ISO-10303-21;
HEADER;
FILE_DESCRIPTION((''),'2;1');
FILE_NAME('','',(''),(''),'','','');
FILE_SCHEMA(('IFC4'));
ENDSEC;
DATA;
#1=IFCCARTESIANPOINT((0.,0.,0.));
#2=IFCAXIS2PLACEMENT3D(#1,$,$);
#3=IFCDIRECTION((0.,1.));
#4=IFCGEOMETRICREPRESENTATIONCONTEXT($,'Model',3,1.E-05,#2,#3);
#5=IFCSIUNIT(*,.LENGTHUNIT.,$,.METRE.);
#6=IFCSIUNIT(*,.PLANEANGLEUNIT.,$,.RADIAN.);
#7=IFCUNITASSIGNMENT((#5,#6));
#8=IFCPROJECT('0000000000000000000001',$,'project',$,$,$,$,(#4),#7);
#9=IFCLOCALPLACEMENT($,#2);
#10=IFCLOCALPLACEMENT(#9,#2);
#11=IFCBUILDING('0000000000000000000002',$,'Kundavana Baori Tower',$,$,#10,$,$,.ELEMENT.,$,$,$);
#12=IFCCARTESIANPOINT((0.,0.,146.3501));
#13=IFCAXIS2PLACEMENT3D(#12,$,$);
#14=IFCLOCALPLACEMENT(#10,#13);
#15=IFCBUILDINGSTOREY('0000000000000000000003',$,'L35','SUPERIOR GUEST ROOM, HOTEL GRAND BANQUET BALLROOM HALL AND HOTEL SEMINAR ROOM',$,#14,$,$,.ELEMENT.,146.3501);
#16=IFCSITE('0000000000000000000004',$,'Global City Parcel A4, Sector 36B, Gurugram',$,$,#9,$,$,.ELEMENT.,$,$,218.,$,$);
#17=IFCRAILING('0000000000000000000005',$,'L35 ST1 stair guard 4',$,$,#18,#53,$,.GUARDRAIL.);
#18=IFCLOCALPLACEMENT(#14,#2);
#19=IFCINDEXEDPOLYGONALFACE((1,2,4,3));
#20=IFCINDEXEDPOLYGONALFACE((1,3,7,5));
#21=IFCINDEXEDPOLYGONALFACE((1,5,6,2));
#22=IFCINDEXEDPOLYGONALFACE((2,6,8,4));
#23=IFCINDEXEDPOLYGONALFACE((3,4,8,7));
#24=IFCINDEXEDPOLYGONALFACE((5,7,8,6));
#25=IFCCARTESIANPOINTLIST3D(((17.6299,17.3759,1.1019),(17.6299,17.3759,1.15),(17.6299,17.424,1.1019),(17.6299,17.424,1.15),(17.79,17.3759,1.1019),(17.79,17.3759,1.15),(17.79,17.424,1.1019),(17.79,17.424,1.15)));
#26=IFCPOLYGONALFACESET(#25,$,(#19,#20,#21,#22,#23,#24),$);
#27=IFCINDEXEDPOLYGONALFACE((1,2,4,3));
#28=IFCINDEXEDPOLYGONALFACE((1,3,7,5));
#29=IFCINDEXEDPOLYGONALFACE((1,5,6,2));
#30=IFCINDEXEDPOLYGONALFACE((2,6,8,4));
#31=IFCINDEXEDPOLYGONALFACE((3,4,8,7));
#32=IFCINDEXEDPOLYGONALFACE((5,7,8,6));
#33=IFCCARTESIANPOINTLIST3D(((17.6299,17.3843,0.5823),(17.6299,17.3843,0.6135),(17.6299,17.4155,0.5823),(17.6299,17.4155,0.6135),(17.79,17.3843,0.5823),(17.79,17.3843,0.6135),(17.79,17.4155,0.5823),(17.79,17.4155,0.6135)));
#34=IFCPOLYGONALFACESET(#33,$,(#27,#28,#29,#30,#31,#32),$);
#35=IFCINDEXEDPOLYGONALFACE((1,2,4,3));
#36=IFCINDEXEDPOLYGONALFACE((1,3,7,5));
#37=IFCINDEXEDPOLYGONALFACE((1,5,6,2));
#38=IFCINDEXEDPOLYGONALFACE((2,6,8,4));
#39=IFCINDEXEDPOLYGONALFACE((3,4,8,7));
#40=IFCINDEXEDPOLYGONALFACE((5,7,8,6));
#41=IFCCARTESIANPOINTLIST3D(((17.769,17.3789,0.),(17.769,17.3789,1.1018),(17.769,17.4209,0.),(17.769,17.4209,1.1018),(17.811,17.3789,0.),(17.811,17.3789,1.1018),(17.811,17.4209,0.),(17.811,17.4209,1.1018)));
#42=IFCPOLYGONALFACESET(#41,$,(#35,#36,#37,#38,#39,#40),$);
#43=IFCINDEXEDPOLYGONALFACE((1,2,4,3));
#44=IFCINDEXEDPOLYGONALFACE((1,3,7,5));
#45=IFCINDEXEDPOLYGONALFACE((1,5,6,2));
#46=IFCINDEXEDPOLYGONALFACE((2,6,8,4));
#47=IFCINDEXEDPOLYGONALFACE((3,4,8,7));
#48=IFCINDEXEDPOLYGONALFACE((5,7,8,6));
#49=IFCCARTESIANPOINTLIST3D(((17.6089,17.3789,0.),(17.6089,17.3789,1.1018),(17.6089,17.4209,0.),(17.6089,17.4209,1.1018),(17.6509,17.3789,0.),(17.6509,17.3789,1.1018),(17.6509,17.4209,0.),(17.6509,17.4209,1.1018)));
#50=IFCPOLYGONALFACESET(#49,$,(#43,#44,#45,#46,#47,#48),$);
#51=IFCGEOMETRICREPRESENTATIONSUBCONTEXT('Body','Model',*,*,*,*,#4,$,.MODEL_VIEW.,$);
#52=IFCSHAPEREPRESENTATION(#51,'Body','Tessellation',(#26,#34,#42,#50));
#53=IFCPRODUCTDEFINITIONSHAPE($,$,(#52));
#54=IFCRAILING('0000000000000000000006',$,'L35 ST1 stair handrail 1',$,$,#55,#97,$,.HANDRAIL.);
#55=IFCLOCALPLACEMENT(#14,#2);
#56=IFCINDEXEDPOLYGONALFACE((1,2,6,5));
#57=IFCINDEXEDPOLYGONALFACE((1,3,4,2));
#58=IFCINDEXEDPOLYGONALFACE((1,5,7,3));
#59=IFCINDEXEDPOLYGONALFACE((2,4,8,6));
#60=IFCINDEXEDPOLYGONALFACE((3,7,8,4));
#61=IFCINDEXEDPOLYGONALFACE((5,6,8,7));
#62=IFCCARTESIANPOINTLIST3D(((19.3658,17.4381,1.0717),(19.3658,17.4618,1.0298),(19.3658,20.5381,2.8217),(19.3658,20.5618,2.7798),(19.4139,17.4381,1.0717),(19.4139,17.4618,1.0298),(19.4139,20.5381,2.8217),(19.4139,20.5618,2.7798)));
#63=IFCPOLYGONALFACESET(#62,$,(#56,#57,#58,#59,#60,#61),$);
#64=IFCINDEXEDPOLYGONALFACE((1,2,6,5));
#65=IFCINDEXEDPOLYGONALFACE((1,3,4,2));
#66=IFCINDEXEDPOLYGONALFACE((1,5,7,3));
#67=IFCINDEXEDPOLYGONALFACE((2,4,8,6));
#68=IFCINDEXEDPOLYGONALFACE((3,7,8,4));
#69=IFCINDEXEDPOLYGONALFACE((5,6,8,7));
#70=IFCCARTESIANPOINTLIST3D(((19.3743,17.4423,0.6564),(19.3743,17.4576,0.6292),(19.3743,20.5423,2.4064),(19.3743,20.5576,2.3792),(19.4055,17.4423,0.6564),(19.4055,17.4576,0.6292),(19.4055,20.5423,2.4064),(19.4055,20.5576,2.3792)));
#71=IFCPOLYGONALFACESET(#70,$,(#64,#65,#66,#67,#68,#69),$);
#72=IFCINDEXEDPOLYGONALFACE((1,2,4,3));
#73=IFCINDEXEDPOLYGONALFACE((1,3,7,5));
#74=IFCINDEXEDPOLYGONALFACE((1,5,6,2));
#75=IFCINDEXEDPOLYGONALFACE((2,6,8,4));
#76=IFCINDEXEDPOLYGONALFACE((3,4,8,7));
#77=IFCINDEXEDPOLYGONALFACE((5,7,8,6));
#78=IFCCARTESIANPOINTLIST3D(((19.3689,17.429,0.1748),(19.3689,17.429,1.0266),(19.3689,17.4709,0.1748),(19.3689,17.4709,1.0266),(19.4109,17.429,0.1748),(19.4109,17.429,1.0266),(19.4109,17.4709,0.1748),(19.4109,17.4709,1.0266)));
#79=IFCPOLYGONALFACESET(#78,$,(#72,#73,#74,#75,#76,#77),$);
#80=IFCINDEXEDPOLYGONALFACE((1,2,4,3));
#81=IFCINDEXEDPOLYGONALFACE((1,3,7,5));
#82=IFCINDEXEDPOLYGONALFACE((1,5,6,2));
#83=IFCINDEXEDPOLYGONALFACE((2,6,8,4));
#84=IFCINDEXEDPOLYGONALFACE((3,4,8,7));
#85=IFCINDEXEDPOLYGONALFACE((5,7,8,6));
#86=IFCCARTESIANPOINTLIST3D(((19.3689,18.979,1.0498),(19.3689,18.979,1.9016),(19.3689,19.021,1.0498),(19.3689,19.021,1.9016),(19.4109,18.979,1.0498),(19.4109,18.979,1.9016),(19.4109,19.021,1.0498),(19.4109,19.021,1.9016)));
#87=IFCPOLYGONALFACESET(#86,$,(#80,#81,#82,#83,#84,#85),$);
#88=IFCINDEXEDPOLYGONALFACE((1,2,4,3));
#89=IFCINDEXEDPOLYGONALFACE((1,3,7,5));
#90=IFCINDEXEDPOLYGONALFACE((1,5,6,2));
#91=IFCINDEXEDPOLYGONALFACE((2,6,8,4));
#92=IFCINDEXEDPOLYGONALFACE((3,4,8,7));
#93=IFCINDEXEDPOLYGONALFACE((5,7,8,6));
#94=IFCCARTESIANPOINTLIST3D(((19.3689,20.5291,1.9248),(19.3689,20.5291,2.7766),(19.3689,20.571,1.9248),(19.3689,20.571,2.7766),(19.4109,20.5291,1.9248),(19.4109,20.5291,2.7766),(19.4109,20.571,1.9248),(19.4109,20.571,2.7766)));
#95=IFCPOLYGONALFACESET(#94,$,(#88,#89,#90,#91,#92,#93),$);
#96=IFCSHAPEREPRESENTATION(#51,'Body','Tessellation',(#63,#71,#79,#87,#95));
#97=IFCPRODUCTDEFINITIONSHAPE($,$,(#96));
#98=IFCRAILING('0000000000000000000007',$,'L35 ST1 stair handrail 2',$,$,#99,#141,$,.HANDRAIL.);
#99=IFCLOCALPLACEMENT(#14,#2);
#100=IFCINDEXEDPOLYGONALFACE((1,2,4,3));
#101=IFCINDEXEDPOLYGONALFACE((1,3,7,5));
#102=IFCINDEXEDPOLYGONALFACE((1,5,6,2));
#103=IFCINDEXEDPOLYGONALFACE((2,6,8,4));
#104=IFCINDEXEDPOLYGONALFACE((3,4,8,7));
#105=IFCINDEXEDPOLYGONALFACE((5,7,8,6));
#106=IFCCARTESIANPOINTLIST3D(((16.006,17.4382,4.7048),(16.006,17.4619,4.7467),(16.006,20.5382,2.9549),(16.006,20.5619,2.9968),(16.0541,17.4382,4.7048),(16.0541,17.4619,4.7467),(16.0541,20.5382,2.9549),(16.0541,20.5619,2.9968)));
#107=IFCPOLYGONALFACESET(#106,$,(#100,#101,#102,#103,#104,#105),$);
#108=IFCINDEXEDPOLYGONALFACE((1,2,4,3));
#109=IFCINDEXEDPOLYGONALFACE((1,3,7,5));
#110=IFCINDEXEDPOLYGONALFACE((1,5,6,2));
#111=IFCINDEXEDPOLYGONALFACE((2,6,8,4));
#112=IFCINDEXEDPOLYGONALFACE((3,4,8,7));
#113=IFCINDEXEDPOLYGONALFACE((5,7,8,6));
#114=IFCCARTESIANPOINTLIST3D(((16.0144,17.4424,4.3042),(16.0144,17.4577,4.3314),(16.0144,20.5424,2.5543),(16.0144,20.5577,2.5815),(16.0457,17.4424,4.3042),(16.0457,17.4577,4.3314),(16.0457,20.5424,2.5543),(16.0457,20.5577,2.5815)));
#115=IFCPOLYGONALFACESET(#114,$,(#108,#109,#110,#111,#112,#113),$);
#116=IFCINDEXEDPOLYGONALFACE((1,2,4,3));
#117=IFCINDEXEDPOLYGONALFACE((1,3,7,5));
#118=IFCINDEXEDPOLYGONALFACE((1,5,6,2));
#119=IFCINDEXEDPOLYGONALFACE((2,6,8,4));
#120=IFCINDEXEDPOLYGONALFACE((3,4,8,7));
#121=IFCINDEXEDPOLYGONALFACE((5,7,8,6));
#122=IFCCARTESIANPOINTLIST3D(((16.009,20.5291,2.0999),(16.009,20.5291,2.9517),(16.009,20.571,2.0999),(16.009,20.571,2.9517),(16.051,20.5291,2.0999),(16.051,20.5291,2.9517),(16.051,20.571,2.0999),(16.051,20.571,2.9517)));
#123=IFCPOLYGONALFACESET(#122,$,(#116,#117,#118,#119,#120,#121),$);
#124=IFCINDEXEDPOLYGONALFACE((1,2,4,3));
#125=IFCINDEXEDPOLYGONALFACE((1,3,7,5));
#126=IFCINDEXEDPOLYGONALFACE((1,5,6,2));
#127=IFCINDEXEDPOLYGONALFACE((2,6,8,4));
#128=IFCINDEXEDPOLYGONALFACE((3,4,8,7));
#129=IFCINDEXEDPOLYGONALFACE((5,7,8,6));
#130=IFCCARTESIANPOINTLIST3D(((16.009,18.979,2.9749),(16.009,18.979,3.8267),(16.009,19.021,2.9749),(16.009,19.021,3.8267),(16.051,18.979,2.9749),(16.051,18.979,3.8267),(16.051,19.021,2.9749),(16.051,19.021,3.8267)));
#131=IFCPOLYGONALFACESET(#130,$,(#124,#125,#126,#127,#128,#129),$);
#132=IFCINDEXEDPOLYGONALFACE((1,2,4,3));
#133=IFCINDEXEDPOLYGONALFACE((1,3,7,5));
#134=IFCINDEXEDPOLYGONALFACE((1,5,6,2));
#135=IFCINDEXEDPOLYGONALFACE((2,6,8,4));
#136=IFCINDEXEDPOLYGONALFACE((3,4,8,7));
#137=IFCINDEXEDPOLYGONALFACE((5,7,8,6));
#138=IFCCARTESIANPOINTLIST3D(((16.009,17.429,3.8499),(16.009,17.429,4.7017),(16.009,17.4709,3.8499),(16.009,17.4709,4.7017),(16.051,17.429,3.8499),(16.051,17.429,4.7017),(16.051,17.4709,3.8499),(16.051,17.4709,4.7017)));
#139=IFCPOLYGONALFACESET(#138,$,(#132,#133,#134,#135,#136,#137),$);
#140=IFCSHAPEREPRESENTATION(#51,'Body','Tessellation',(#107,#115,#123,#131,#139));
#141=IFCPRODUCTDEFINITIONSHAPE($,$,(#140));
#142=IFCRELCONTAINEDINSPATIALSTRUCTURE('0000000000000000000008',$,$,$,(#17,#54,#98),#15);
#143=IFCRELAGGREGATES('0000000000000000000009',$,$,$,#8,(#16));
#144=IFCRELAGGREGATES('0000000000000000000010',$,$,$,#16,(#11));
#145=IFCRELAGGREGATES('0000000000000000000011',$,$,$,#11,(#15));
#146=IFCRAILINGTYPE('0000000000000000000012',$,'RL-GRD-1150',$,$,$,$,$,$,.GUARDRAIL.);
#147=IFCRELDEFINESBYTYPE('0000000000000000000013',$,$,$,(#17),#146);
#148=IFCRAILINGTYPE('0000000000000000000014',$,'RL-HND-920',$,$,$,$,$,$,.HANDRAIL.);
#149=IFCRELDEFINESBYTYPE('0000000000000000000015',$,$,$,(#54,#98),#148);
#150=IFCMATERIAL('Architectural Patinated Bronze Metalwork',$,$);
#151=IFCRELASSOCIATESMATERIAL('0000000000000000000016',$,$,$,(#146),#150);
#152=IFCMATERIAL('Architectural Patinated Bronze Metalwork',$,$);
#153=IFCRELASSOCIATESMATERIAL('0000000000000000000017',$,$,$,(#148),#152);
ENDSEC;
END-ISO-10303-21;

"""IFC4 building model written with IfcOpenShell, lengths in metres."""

from ifc_helpers import new_model, si_unit, direction, frame, origin, origin_2d, place, context, subcontext, project, spatial, rectangle, extrude, material, type_object, element, save


model = new_model("IFC4")

# Units and contexts
model_context = context("Model", 3, precision=1e-05, world=origin(), true_north=direction((0.0, 1.0)))
body_context = subcontext(model_context, "Body", "Model", "MODEL_VIEW")
ifc_project = project(units=[si_unit("LENGTHUNIT", "METRE"), si_unit("PLANEANGLEUNIT", "RADIAN")], contexts=[model_context])

# Site, building, storey
site_placement = place(None, origin())
site = spatial("IfcSite", under=ifc_project, at=site_placement, Name="Global City Parcel A4, Sector 36B, Gurugram", CompositionType="ELEMENT", RefElevation=218.0)
building_placement = place(site_placement, origin())
building = spatial("IfcBuilding", under=site, at=building_placement, Name="Kundavana Baori Tower", CompositionType="ELEMENT")
storey_placement = place(building_placement, frame((0.0, 0.0, 146.3501)))
storey = spatial("IfcBuildingStorey", under=building, at=storey_placement, Name="L35", Description="SUPERIOR GUEST ROOM, HOTEL GRAND BANQUET BALLROOM HALL AND HOTEL SEMINAR ROOM", CompositionType="ELEMENT", Elevation=146.3501)

# Railings
ifc_material_1 = material(Name="Architectural Patinated Bronze Metalwork")
railing_type_1 = type_object("IfcRailingType", Name="RL-GRD-1150", PredefinedType="GUARDRAIL", material=ifc_material_1)
railing_1_placement = place(storey_placement, frame((17.79, 17.3999, 0.0)))
element("IfcRailing", 1, at=railing_1_placement, inside=storey, type_object=railing_type_1, Name="L35 ST1 stair guard 4", PredefinedType="GUARDRAIL", context=body_context, shape_type="SweptSolid", body=[
    extrude(rectangle(XDim=0.0481, YDim=0.0481, at=origin_2d()), frame((0.0, 0.0, 1.126), z_axis=(-1.0, 0.0, 0.0), x_axis=(0.0, -1.0, 0.0)), (0.0, 0.0, 1.0), 0.1602),
    extrude(rectangle(XDim=0.0312, YDim=0.0312, at=origin_2d()), frame((0.0, 0.0, 0.5979), z_axis=(-1.0, 0.0, 0.0), x_axis=(0.0, -1.0, 0.0)), (0.0, 0.0, 1.0), 0.1602),
    extrude(rectangle(XDim=0.042, YDim=0.042, at=origin_2d()), origin(), (0.0, 0.0, 1.0), 1.1018),
    extrude(rectangle(XDim=0.042, YDim=0.042, at=origin_2d()), frame((-0.1602, 0.0, 0.0)), (0.0, 0.0, 1.0), 1.1018),
])
ifc_material_2 = material(Name="Architectural Patinated Bronze Metalwork")
railing_type_2 = type_object("IfcRailingType", Name="RL-HND-920", PredefinedType="HANDRAIL", material=ifc_material_2)
railing_2_placement = place(storey_placement, frame((19.3899, 17.45, 0.1748)))
element("IfcRailing", 2, at=railing_2_placement, inside=storey, type_object=railing_type_2, Name="L35 ST1 stair handrail 1", PredefinedType="HANDRAIL", context=body_context, shape_type="SweptSolid", body=[
    extrude(rectangle(XDim=0.0481, YDim=0.0481, at=origin_2d()), frame((0.0, 0.0, 0.876), z_axis=(0.0, 0.870831, 0.491583), x_axis=(-1.0, 0.0, 0.0)), (0.0, 0.0, 1.0), 3.5598),
    extrude(rectangle(XDim=0.0312, YDim=0.0312, at=origin_2d()), frame((0.0, 0.0, 0.468), z_axis=(0.0, 0.870831, 0.491583), x_axis=(-1.0, 0.0, 0.0)), (0.0, 0.0, 1.0), 3.5598),
    extrude(rectangle(XDim=0.042, YDim=0.042, at=origin_2d()), origin(), (0.0, 0.0, 1.0), 0.8518),
    extrude(rectangle(XDim=0.042, YDim=0.042, at=origin_2d()), frame((0.0, 1.55, 0.875)), (0.0, 0.0, 1.0), 0.8518),
    extrude(rectangle(XDim=0.042, YDim=0.042, at=origin_2d()), frame((0.0, 3.1001, 1.75)), (0.0, 0.0, 1.0), 0.8518),
])
railing_3_placement = place(storey_placement, frame((16.03, 20.55, 2.0999)))
element("IfcRailing", 3, at=railing_3_placement, inside=storey, type_object=railing_type_2, Name="L35 ST1 stair handrail 2", PredefinedType="HANDRAIL", context=body_context, shape_type="SweptSolid", body=[
    extrude(rectangle(XDim=0.0481, YDim=0.0481, at=origin_2d()), frame((0.0, 0.0, 0.876), z_axis=(0.0, -0.870831, 0.491583), x_axis=(1.0, 0.0, 0.0)), (0.0, 0.0, 1.0), 3.5598),
    extrude(rectangle(XDim=0.0312, YDim=0.0312, at=origin_2d()), frame((0.0, 0.0, 0.468), z_axis=(0.0, -0.870831, 0.491583), x_axis=(1.0, 0.0, 0.0)), (0.0, 0.0, 1.0), 3.5598),
    extrude(rectangle(XDim=0.042, YDim=0.042, at=origin_2d()), origin(), (0.0, 0.0, 1.0), 0.8518),
    extrude(rectangle(XDim=0.042, YDim=0.042, at=origin_2d()), frame((0.0, -1.55, 0.875)), (0.0, 0.0, 1.0), 0.8518),
    extrude(rectangle(XDim=0.042, YDim=0.042, at=origin_2d()), frame((0.0, -3.1001, 1.75)), (0.0, 0.0, 1.0), 0.8518),
])

save(model, "model.ifc")
